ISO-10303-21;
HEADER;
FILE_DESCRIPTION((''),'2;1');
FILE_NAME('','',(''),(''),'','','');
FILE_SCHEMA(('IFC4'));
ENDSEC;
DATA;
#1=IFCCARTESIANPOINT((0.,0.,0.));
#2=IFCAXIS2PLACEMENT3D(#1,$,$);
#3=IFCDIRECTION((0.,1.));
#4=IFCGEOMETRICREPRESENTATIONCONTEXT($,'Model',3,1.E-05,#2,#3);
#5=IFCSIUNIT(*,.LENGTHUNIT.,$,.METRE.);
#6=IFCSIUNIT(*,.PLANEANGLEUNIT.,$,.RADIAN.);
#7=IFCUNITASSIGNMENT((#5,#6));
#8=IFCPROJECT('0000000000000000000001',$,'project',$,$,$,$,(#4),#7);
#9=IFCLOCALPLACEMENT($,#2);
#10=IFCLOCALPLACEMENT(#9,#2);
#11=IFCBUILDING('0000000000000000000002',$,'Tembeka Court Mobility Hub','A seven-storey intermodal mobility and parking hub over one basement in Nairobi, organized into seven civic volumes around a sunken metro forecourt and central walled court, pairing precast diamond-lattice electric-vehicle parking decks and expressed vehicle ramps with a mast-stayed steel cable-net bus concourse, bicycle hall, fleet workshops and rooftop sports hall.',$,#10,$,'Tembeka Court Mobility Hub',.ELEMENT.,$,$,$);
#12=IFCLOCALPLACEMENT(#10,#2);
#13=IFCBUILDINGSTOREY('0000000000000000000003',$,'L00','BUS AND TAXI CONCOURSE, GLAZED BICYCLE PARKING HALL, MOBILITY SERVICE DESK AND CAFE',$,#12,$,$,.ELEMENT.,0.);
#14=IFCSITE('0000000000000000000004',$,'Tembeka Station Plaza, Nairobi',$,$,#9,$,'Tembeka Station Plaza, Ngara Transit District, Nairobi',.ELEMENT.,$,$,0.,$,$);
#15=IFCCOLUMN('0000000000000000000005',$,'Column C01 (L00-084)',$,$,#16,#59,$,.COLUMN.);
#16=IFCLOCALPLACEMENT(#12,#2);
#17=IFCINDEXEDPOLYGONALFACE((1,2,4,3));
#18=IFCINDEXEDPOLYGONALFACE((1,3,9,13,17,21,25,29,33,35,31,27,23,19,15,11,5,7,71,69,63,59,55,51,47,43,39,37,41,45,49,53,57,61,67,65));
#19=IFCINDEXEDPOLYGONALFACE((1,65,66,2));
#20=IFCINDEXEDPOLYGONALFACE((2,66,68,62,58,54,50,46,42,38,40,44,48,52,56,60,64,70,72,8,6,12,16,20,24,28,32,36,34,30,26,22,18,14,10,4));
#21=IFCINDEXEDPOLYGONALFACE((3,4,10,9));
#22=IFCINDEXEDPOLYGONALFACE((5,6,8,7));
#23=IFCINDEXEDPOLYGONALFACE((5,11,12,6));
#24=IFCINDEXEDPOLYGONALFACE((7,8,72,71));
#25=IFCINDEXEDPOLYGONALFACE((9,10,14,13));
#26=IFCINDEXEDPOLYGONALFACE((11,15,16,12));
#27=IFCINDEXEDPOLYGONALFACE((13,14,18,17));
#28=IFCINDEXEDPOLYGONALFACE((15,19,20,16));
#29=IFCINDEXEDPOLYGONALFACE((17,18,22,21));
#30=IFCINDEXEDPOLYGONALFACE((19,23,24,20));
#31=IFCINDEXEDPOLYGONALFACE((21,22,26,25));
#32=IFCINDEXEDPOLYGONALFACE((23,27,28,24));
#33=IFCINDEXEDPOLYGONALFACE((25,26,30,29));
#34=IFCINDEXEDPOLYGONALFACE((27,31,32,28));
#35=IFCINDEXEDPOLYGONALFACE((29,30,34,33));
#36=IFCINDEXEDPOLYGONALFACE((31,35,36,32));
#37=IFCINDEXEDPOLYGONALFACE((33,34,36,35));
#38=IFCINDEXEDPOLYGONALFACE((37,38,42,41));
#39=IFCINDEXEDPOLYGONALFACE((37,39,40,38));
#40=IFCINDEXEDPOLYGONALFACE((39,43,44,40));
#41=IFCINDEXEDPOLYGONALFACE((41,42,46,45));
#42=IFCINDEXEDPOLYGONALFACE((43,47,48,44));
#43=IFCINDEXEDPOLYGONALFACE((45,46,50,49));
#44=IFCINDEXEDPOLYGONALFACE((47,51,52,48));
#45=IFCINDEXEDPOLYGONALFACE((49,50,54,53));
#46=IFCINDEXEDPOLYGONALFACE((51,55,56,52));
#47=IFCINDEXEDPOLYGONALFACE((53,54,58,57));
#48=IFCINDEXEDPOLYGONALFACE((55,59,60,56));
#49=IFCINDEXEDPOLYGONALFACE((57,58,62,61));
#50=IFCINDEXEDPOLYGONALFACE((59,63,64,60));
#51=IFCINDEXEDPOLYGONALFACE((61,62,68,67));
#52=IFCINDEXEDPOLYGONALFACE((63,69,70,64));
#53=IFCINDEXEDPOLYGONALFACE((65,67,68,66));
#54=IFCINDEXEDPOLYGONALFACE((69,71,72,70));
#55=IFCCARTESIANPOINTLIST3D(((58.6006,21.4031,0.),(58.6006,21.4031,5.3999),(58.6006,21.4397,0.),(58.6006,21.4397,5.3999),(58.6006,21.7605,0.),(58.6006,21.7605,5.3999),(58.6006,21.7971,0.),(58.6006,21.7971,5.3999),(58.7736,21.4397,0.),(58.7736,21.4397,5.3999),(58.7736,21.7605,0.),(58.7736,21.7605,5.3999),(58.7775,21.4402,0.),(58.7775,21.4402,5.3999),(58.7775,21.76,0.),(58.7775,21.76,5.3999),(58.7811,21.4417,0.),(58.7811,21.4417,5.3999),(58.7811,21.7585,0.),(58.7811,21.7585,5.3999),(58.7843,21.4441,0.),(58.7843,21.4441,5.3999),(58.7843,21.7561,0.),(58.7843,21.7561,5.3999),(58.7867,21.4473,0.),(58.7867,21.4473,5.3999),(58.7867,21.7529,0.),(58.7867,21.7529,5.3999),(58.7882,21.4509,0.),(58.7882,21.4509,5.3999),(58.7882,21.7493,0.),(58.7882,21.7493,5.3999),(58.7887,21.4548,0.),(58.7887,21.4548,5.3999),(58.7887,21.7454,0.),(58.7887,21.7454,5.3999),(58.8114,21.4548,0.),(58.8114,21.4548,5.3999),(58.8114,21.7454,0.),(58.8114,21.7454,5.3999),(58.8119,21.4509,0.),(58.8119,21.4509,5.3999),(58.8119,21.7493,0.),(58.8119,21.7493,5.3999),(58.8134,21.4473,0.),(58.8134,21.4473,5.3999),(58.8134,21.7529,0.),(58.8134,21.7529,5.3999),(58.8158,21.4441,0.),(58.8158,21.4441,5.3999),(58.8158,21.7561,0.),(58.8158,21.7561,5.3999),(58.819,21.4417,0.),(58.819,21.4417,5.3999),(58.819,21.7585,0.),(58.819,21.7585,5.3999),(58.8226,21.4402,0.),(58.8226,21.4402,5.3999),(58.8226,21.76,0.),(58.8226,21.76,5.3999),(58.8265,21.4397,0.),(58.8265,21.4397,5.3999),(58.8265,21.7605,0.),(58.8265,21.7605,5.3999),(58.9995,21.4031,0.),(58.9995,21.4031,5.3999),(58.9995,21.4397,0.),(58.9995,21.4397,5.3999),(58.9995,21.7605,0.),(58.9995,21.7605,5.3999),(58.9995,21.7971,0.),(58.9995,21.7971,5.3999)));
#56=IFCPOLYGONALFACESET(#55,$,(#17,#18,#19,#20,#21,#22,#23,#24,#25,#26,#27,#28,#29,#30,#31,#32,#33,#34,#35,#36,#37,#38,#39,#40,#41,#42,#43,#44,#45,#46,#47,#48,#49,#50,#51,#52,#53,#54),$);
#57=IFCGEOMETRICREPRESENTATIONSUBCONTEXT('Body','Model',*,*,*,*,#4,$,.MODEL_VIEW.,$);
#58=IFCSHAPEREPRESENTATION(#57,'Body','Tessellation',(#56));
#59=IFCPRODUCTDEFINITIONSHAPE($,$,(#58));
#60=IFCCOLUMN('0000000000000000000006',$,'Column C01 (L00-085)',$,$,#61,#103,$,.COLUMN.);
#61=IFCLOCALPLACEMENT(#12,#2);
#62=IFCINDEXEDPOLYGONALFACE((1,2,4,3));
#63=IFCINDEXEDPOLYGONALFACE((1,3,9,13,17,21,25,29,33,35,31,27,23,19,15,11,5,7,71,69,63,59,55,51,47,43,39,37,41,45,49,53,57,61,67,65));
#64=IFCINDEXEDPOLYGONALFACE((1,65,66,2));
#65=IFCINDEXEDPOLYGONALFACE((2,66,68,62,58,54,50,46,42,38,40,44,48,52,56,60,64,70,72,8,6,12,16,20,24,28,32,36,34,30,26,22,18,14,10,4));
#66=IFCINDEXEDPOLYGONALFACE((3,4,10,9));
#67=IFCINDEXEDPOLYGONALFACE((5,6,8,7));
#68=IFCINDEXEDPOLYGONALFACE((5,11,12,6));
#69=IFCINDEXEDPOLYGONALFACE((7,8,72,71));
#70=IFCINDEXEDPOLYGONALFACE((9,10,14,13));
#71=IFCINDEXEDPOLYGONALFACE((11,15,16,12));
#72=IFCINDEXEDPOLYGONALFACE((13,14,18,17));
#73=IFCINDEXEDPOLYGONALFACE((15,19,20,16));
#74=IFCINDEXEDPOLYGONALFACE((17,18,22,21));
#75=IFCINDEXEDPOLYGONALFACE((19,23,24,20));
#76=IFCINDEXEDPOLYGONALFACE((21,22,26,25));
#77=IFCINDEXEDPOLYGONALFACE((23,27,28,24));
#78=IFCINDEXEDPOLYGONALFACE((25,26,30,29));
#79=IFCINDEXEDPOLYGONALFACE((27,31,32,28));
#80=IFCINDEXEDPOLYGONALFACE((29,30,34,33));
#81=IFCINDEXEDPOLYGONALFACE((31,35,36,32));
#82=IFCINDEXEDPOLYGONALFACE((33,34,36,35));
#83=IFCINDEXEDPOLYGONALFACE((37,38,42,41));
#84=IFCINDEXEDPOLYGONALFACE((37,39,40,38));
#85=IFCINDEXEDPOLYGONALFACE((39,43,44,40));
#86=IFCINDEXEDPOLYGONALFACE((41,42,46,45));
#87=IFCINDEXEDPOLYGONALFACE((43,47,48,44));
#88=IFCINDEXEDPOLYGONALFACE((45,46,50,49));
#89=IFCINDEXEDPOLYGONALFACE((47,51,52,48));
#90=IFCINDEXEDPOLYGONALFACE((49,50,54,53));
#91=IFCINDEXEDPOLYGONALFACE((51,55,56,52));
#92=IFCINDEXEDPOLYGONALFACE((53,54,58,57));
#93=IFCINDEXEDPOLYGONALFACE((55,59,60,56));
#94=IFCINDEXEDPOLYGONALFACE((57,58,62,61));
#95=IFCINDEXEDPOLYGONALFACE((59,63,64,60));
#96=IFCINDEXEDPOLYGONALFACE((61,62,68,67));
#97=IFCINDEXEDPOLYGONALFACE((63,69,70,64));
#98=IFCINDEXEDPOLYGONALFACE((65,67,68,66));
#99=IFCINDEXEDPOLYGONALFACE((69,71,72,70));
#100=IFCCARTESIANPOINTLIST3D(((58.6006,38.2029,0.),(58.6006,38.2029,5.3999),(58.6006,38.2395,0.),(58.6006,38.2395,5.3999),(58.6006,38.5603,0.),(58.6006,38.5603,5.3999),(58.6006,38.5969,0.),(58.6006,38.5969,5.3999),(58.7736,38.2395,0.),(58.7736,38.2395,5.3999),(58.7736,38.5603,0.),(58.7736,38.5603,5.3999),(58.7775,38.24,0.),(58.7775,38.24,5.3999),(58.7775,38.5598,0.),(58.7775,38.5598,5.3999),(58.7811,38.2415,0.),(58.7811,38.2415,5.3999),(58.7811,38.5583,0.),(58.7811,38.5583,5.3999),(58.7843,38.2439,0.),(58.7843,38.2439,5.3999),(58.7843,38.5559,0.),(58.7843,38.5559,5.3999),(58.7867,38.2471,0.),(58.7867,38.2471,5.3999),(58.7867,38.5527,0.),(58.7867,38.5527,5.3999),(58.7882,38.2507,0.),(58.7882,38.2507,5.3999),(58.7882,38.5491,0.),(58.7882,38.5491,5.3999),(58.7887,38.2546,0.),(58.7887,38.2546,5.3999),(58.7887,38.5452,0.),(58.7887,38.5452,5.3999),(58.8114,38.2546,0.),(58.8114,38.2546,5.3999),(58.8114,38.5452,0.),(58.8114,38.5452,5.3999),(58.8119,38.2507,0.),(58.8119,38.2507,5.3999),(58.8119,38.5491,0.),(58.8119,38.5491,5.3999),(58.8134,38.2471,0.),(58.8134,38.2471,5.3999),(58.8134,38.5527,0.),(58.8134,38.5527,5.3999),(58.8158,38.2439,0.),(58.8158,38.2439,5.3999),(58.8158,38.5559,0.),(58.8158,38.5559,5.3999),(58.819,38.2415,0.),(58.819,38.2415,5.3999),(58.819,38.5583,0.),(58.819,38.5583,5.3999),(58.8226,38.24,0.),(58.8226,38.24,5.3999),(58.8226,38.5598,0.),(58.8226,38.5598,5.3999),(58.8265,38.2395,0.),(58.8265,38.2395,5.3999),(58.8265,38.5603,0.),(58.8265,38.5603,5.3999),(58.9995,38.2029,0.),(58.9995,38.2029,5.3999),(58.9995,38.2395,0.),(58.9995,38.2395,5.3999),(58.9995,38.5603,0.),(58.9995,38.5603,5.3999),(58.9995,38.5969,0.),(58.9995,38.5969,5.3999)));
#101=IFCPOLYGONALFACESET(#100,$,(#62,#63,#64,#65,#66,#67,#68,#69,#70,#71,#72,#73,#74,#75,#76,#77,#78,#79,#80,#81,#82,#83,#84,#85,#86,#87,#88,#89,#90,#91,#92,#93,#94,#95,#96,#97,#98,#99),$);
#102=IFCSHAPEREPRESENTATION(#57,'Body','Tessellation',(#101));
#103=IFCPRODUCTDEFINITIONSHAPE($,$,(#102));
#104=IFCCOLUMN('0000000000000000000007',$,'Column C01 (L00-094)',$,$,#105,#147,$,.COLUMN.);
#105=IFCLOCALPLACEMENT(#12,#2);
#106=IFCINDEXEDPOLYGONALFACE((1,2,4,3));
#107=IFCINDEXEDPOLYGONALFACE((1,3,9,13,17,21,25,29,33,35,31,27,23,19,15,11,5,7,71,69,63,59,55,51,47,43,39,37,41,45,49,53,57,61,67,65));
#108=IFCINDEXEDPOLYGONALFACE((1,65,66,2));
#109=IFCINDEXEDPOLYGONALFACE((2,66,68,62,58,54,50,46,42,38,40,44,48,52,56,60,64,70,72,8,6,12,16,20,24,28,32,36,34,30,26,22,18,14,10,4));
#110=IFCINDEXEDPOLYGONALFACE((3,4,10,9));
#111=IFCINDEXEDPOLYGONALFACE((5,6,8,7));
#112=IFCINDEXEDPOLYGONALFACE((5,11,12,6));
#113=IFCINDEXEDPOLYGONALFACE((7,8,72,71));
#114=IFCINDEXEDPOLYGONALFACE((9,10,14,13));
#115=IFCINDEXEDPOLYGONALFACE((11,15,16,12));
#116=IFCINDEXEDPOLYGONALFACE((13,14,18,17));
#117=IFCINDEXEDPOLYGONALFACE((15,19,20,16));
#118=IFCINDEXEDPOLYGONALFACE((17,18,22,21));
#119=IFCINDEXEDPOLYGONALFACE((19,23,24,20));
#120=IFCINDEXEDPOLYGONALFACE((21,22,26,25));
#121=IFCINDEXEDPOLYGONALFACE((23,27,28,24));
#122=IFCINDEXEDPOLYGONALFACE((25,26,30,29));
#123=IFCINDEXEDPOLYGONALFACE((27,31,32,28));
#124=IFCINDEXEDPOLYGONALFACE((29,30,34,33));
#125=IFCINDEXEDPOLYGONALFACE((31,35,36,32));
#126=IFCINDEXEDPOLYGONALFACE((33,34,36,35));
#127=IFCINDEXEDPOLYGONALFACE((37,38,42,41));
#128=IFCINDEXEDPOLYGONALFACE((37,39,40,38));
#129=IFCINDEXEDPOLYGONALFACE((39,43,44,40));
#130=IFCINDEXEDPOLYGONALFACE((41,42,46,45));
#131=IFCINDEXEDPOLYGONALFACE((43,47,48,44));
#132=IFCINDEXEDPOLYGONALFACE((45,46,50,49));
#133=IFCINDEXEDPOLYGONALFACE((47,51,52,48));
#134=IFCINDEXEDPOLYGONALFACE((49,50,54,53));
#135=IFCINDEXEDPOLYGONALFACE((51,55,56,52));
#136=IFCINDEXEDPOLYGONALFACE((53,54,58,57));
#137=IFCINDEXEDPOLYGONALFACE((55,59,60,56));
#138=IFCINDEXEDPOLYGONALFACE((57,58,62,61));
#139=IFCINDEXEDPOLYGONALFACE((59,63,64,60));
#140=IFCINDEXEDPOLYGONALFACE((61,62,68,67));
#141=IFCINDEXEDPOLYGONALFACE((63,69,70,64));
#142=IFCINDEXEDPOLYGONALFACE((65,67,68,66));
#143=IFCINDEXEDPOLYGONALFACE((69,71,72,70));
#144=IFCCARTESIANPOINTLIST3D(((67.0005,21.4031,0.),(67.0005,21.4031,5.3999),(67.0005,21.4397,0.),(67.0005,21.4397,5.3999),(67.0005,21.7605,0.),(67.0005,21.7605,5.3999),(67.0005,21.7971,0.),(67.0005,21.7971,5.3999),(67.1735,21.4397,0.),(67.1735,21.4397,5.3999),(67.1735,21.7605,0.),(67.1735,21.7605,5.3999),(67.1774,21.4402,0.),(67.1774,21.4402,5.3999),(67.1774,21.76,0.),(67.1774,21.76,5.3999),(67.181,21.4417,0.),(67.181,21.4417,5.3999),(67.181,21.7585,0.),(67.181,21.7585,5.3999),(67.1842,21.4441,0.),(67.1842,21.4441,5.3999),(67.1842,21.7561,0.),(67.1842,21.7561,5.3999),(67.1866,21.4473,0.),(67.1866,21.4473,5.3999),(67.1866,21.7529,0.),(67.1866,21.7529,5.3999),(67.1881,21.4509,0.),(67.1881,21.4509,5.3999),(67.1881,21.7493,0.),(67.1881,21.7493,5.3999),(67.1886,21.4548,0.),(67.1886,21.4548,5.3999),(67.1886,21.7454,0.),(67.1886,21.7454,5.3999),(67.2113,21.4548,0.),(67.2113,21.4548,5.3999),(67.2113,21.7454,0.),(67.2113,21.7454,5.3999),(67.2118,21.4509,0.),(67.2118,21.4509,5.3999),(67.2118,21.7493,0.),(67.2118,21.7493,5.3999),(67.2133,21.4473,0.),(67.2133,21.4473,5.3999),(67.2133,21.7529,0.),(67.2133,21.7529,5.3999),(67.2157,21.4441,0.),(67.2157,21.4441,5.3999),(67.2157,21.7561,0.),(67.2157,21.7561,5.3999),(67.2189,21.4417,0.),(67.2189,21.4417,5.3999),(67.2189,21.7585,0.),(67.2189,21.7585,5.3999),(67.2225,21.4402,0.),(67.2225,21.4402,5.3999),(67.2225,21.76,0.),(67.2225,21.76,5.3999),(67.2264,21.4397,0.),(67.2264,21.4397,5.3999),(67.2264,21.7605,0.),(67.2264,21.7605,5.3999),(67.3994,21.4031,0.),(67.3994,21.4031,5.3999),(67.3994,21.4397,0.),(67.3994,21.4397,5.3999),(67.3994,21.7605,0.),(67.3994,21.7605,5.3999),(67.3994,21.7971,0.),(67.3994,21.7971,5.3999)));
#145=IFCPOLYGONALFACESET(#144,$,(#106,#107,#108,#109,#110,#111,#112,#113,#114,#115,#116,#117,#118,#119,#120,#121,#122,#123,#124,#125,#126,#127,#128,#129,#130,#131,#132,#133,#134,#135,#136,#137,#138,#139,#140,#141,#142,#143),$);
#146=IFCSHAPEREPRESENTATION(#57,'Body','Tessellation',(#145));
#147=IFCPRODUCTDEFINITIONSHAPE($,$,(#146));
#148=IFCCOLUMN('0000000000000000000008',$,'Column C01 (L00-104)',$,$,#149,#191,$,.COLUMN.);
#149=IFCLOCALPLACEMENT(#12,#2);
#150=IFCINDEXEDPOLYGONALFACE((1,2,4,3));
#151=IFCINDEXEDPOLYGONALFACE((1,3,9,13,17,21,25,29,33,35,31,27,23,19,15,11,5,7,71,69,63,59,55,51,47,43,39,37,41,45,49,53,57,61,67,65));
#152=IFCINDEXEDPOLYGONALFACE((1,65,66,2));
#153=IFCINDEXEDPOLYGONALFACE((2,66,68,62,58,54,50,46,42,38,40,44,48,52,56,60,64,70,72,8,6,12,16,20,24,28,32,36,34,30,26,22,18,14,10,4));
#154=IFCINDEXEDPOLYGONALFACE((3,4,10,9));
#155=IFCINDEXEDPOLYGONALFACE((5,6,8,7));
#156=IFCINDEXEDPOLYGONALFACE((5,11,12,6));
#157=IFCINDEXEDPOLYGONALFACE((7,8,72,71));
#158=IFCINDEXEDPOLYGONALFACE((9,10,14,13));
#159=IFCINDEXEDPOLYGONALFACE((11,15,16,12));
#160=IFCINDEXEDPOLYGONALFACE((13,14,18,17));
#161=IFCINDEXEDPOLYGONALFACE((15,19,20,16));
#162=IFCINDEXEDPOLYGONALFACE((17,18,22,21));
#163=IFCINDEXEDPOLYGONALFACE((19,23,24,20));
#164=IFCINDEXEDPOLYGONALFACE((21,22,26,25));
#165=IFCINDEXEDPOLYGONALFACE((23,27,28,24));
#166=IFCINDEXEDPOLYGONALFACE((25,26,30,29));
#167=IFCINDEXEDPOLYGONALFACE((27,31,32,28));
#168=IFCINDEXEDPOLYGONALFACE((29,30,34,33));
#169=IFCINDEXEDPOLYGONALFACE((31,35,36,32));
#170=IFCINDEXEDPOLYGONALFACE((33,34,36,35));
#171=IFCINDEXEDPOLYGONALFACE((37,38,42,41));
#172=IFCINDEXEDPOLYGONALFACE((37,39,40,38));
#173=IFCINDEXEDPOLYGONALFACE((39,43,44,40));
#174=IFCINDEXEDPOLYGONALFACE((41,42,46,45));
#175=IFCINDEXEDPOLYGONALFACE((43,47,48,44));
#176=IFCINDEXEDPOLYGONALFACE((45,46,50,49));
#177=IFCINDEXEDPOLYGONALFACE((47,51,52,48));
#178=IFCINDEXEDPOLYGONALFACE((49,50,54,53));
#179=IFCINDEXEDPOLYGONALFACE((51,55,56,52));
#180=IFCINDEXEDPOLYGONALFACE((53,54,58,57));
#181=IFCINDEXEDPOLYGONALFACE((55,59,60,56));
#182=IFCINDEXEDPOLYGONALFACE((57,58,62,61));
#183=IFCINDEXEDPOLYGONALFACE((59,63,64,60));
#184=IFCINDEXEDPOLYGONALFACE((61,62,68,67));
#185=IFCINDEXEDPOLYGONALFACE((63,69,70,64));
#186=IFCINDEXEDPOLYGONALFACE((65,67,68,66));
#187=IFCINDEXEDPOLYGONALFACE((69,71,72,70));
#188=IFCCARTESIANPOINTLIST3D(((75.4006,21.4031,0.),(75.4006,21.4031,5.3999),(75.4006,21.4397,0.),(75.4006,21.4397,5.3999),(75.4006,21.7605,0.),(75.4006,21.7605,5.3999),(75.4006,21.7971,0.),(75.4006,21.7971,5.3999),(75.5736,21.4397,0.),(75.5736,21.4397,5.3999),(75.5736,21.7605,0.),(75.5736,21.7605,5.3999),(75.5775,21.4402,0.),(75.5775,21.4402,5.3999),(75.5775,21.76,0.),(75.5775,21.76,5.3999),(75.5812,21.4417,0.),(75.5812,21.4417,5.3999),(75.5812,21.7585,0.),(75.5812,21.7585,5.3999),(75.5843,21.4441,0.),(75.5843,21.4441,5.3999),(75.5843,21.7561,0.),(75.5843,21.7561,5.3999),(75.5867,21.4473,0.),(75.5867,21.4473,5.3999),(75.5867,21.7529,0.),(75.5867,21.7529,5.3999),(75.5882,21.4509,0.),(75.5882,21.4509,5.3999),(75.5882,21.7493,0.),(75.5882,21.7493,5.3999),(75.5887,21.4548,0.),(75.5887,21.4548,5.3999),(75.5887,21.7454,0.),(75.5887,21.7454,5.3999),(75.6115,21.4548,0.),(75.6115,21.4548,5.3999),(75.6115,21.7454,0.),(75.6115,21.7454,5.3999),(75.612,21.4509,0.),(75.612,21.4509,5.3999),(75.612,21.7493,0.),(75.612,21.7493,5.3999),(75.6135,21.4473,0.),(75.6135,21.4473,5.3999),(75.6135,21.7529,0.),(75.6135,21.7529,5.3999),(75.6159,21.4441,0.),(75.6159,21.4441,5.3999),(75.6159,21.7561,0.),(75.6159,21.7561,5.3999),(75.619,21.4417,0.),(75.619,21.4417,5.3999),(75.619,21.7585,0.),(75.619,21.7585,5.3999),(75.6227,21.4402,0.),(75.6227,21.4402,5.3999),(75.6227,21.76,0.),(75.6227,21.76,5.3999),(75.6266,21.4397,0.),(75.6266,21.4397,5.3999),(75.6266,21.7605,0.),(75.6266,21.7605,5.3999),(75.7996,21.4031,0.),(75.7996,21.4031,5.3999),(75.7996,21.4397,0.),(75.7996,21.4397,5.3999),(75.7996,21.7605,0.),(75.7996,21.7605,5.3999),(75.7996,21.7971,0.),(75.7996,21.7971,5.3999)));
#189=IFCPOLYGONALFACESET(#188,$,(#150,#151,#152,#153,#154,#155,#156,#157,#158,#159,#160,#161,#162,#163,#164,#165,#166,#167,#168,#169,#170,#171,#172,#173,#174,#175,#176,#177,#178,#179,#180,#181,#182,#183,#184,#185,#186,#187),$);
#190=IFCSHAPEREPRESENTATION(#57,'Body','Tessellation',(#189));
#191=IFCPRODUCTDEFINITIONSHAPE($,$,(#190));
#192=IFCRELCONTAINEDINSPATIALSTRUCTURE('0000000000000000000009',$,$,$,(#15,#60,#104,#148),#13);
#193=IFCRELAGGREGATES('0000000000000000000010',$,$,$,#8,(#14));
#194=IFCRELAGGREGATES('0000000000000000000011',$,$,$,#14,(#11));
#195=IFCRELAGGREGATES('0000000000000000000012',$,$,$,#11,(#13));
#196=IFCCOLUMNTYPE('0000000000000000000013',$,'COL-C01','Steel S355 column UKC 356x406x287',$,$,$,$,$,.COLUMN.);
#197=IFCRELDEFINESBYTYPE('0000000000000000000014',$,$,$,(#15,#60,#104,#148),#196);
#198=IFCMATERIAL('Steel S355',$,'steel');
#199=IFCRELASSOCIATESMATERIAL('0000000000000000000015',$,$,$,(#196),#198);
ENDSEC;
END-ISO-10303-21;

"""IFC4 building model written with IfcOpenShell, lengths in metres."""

from ifc_helpers import new_model, si_unit, direction, frame, origin, origin_2d, place, context, subcontext, project, spatial, i_section, extrude, material, material_profile, profile_set, type_object, element, save


model = new_model("IFC4")

# Units and contexts
model_context = context("Model", 3, precision=1e-05, world=origin(), true_north=direction((0.0, 1.0)))
body_context = subcontext(model_context, "Body", "Model", "MODEL_VIEW")
ifc_project = project(units=[si_unit("LENGTHUNIT", "METRE"), si_unit("PLANEANGLEUNIT", "RADIAN")], contexts=[model_context])

# Site, building, storey
site_placement = place(None, origin())
site = spatial("IfcSite", under=ifc_project, at=site_placement, Name="Tembeka Station Plaza, Nairobi", LongName="Tembeka Station Plaza, Ngara Transit District, Nairobi", CompositionType="ELEMENT", RefElevation=0.0)
building_placement = place(site_placement, origin())
building = spatial("IfcBuilding", under=site, at=building_placement, Name="Tembeka Court Mobility Hub", Description="A seven-storey intermodal mobility and parking hub over one basement in Nairobi, organized into seven civic volumes around a sunken metro forecourt and central walled court, pairing precast diamond-lattice electric-vehicle parking decks and expressed vehicle ramps with a mast-stayed steel cable-net bus concourse, bicycle hall, fleet workshops and rooftop sports hall.", LongName="Tembeka Court Mobility Hub", CompositionType="ELEMENT")
storey_placement = place(building_placement, origin())
storey = spatial("IfcBuildingStorey", under=building, at=storey_placement, Name="L00", Description="BUS AND TAXI CONCOURSE, GLAZED BICYCLE PARKING HALL, MOBILITY SERVICE DESK AND CAFE", CompositionType="ELEMENT", Elevation=0.0)

# Columns
ifc_material_1 = material(Name="Steel S355", Category="steel")
ifc_material_profile_1 = material_profile(ifc_material_1, i_section(OverallWidth=0.3989, OverallDepth=0.394, WebThickness=0.0227, FlangeThickness=0.0366, FilletRadius=0.0151, at=origin_2d()), Name="UKC 356x406x287")
ifc_profile_set_1 = profile_set([ifc_material_profile_1], Name="Steel S355")
column_type = type_object("IfcColumnType", Name="COL-C01", Description="Steel S355 column UKC 356x406x287", PredefinedType="COLUMN", material=ifc_profile_set_1)
for number, where, z_axis, x_axis, name in (
    (1, (58.8, 21.6001, 0.0), (0.0, 0.0, 1.0), (1.0, 0.0, 0.0), "Column C01 (L00-084)"),
    (2, (58.8, 38.3999, 0.0), (0.0, 0.0, 1.0), (1.0, 0.0, 0.0), "Column C01 (L00-085)"),
    (3, (67.2, 21.6001, 0.0), (0.0, 0.0, 1.0), (1.0, 0.0, 0.0), "Column C01 (L00-094)"),
    (4, (75.6001, 21.6001, 0.0), (0.0, 0.0, 1.0), (1.0, 0.0, 0.0), "Column C01 (L00-104)"),
):
    element("IfcColumn", number, at=place(storey_placement, frame(where, z_axis=z_axis, x_axis=x_axis)), inside=storey, type_object=column_type, Name=name, PredefinedType="COLUMN", context=body_context, shape_type="SweptSolid", body=[
        extrude(i_section(OverallWidth=0.3989, OverallDepth=0.394, WebThickness=0.0227, FlangeThickness=0.0366, FilletRadius=0.0151, at=origin_2d()), origin(), (0.0, 0.0, 1.0), 5.3999),
    ])

save(model, "model.ifc")
